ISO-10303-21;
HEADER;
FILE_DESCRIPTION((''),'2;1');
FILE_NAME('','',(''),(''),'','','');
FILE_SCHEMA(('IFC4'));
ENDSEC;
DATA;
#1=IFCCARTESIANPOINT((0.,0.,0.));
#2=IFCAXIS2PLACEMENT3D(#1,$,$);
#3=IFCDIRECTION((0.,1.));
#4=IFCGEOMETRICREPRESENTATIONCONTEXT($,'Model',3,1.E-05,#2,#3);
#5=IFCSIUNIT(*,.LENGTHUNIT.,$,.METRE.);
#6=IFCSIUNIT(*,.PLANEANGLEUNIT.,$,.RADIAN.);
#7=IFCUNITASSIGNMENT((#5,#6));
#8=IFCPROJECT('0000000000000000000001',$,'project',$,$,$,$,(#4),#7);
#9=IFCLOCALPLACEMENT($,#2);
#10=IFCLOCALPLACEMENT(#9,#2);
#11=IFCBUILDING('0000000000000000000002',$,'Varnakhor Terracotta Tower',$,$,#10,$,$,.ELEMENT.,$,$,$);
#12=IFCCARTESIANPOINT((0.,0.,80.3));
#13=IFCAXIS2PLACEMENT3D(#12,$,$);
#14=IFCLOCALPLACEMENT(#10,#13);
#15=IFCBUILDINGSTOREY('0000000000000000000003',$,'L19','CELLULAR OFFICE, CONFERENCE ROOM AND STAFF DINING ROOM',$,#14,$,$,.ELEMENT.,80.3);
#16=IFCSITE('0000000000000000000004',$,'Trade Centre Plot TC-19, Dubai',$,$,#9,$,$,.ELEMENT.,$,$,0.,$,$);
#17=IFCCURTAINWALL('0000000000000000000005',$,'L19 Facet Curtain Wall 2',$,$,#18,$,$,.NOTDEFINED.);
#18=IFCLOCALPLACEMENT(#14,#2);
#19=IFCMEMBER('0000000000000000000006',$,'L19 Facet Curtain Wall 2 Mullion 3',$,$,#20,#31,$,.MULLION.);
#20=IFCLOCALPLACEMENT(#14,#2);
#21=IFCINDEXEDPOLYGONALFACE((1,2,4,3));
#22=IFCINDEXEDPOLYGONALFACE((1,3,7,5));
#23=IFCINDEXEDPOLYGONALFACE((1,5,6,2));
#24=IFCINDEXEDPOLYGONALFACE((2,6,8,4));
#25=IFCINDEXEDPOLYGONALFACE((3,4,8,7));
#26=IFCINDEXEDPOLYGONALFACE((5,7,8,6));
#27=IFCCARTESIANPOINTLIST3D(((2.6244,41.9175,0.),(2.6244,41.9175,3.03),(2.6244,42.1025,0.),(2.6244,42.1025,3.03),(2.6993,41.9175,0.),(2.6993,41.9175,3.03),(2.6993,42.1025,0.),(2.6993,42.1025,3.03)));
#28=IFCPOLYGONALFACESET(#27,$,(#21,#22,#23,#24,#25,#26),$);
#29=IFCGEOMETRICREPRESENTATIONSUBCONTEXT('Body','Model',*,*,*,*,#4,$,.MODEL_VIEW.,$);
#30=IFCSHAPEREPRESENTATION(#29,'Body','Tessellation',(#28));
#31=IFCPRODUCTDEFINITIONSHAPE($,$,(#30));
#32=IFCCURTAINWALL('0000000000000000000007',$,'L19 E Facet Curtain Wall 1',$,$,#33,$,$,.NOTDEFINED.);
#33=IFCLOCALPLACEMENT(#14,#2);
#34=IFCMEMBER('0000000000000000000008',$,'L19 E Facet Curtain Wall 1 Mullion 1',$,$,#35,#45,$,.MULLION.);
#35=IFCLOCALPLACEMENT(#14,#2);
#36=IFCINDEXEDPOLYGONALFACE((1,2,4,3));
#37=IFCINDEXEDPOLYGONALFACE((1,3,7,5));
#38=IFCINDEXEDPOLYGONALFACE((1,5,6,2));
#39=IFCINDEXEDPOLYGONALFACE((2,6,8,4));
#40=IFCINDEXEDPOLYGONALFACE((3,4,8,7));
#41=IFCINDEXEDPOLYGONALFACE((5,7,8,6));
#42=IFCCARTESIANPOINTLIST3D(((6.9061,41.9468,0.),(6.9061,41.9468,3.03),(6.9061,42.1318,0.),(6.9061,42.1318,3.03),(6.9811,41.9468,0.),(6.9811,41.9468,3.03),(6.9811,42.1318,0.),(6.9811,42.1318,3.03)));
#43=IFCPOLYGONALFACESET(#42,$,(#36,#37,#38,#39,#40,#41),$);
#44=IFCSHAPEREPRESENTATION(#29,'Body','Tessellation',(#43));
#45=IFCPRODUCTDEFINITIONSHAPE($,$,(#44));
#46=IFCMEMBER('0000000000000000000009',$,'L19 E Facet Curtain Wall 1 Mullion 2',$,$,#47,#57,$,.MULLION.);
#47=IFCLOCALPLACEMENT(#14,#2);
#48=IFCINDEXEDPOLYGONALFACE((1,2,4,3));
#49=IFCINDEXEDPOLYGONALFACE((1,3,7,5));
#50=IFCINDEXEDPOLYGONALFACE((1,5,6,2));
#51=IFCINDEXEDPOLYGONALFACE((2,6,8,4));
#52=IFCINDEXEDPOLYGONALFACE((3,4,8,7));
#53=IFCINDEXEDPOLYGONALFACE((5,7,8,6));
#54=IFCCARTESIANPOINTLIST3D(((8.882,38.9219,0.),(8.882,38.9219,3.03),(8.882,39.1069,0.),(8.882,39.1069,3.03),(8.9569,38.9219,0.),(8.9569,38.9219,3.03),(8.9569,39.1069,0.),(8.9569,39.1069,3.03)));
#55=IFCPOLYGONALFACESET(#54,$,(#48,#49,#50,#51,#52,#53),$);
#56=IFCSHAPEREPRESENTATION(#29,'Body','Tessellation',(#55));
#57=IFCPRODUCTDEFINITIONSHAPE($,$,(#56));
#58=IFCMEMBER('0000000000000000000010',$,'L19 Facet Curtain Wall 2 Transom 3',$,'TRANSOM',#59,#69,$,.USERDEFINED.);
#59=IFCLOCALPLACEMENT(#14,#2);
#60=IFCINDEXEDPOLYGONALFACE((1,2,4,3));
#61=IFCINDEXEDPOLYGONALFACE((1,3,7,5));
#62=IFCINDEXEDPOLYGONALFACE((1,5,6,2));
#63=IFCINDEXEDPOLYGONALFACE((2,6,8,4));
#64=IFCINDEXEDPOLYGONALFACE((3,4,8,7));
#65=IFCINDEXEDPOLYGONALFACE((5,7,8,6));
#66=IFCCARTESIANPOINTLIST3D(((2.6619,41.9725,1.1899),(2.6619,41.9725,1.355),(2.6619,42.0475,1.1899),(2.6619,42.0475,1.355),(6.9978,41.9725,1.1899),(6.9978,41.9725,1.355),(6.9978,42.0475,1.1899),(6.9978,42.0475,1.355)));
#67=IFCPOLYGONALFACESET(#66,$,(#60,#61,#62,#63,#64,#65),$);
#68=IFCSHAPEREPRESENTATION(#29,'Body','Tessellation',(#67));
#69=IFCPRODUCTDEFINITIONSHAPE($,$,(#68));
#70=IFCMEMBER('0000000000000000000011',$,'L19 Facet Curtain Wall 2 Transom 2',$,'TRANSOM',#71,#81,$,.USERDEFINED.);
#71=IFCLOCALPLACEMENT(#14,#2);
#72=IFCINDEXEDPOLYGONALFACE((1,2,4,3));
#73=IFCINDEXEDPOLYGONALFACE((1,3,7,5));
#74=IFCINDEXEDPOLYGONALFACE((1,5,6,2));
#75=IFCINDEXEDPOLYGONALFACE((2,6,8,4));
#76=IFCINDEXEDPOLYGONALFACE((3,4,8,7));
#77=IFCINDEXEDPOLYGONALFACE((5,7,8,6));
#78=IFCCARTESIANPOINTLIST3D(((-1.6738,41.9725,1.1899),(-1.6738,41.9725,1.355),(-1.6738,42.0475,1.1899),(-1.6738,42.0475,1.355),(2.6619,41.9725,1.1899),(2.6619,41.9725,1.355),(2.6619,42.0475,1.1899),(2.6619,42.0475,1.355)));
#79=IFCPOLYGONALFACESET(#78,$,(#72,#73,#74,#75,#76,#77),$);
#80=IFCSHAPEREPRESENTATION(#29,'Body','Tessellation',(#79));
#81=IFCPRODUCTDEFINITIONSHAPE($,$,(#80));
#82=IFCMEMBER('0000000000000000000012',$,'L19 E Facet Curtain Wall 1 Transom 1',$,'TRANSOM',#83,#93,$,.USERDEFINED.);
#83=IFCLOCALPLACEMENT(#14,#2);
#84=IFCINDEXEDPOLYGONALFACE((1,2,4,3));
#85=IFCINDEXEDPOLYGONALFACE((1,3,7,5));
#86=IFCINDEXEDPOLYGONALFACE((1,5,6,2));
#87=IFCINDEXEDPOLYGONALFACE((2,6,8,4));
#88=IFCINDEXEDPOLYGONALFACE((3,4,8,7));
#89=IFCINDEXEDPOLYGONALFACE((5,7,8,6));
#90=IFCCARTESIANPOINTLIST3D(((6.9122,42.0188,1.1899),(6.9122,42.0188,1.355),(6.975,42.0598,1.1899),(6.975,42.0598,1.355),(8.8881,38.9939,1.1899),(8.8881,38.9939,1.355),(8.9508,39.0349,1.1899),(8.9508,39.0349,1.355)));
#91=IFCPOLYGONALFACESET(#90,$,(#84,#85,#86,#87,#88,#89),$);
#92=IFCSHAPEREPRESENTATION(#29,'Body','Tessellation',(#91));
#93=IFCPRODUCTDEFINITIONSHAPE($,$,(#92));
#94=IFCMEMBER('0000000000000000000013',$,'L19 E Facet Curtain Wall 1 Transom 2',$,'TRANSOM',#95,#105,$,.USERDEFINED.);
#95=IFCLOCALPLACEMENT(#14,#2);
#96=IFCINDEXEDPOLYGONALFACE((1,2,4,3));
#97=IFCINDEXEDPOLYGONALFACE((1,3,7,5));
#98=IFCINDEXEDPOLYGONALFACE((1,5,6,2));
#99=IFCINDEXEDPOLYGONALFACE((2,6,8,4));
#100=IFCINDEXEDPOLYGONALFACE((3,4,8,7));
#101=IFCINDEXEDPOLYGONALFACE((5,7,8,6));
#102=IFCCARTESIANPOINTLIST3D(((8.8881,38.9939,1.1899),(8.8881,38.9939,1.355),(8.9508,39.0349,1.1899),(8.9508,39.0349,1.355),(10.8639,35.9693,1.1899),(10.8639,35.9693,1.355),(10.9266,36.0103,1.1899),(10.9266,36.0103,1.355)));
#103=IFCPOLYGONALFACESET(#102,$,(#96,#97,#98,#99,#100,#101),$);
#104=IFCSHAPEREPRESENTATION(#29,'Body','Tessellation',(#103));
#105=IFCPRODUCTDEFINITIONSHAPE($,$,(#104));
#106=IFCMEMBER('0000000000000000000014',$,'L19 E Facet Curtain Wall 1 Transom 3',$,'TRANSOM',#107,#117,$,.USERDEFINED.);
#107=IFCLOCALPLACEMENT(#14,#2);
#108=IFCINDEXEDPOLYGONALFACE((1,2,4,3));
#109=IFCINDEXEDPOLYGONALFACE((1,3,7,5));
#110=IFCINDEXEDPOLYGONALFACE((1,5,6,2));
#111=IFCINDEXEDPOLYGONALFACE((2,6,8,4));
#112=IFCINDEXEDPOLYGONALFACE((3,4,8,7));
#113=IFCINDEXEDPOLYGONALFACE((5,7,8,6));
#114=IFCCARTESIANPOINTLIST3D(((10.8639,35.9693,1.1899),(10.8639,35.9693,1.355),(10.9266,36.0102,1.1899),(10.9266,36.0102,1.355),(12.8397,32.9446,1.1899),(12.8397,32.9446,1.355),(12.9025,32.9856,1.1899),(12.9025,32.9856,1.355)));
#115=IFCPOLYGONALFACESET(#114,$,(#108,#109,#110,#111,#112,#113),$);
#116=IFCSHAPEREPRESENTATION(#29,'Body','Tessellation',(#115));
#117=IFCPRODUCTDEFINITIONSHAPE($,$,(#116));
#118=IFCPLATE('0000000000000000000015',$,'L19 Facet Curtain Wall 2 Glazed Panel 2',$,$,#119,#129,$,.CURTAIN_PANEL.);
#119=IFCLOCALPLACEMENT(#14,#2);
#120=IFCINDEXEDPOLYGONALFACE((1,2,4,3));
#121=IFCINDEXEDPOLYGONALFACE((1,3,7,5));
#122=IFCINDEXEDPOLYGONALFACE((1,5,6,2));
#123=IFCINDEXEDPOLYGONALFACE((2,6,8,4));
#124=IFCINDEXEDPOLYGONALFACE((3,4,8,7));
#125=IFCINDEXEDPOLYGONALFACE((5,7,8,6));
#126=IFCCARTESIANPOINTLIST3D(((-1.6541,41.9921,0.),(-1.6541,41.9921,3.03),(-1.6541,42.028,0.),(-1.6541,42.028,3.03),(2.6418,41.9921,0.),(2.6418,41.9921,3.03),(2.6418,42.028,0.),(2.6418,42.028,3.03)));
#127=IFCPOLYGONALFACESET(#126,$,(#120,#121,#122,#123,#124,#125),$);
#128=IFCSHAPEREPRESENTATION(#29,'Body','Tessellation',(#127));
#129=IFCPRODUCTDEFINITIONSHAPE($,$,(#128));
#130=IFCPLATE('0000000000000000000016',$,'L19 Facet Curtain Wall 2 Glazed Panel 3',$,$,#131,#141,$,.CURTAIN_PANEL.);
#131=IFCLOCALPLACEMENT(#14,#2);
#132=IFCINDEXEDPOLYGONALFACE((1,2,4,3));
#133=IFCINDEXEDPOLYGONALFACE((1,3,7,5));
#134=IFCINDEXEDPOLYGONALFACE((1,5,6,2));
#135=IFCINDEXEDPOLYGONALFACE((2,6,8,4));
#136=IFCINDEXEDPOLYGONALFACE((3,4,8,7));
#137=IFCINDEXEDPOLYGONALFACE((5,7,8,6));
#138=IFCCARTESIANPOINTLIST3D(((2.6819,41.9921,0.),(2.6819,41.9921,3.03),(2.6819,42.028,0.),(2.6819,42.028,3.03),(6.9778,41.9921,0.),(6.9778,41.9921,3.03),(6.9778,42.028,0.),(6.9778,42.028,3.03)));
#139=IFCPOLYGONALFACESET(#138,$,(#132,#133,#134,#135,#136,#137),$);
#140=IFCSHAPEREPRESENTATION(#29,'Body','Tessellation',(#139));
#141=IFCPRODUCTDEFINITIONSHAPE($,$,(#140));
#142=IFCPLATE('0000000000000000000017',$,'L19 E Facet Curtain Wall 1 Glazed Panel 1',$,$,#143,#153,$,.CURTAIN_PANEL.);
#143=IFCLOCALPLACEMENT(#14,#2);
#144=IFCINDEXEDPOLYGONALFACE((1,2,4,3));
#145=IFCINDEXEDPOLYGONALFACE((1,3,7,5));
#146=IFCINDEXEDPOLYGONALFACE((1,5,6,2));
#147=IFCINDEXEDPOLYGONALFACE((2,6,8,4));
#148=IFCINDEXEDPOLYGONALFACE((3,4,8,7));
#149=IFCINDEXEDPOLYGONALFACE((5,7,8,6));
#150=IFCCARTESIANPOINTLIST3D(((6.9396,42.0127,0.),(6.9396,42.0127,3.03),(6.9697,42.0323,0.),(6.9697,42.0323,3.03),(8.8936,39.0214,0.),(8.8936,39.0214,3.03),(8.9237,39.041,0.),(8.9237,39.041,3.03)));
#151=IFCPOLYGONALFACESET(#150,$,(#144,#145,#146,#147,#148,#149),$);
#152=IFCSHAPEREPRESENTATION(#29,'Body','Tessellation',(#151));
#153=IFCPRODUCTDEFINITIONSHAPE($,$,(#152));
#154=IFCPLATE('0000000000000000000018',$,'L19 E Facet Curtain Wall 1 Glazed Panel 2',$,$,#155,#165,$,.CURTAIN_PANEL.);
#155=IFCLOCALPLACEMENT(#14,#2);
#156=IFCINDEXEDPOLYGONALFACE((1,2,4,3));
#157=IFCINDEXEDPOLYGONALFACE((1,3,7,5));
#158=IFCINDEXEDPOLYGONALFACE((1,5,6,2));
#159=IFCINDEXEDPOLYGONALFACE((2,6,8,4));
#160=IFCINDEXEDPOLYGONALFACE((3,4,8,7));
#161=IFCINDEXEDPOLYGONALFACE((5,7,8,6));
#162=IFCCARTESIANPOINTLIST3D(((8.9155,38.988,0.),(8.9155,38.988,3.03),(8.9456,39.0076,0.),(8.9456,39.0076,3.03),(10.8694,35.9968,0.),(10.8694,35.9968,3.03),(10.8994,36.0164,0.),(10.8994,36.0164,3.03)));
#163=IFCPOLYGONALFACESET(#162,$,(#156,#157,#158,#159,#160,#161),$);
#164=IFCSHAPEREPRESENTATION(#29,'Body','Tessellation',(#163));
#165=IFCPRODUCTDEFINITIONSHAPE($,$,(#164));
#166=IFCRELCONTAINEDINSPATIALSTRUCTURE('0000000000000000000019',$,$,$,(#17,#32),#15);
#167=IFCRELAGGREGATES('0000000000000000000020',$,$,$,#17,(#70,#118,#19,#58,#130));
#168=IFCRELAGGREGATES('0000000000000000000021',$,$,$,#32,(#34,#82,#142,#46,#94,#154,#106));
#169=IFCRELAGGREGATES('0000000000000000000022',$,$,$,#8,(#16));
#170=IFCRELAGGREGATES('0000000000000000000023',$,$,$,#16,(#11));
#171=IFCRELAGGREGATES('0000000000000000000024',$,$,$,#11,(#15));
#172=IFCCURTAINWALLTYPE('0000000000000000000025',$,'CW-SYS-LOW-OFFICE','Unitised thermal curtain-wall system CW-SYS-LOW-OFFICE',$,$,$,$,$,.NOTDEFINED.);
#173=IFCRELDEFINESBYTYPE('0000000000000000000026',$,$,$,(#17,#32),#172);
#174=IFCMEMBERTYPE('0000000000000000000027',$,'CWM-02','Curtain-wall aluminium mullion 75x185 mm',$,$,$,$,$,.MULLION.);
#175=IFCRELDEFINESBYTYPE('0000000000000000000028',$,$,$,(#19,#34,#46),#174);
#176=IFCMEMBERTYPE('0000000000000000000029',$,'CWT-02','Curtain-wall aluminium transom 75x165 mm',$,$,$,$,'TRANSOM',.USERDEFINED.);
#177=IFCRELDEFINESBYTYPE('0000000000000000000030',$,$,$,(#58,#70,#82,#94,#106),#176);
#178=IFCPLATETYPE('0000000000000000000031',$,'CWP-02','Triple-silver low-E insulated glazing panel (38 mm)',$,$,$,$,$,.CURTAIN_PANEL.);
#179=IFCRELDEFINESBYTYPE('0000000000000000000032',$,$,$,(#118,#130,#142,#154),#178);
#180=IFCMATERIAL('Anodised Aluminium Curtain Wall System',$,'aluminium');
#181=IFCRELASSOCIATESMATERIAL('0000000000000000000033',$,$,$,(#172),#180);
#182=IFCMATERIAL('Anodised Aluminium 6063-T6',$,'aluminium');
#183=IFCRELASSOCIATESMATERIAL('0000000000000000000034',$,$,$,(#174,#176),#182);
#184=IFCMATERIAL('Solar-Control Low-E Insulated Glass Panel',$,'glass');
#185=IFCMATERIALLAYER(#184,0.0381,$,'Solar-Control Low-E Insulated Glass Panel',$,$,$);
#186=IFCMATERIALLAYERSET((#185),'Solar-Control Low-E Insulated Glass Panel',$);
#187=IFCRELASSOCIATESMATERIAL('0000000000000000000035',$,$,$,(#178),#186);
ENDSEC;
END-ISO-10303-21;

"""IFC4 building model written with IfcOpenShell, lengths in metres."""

from ifc_helpers import new_model, si_unit, direction, frame, origin, origin_2d, place, context, subcontext, project, spatial, rectangle, extrude, source, transform, mapped, material, layer, layer_set, material_profile, profile_set, type_object, type_shapes, element, aggregate, save


model = new_model("IFC4")

# Units and contexts
model_context = context("Model", 3, precision=1e-05, world=origin(), true_north=direction((0.0, 1.0)))
body_context = subcontext(model_context, "Body", "Model", "MODEL_VIEW")
ifc_project = project(units=[si_unit("LENGTHUNIT", "METRE"), si_unit("PLANEANGLEUNIT", "RADIAN")], contexts=[model_context])

# Site, building, storey
site_placement = place(None, origin())
site = spatial("IfcSite", under=ifc_project, at=site_placement, Name="Trade Centre Plot TC-19, Dubai", CompositionType="ELEMENT", RefElevation=0.0)
building_placement = place(site_placement, origin())
building = spatial("IfcBuilding", under=site, at=building_placement, Name="Varnakhor Terracotta Tower", CompositionType="ELEMENT")
storey_placement = place(building_placement, frame((0.0, 0.0, 80.3)))
storey = spatial("IfcBuildingStorey", under=building, at=storey_placement, Name="L19", Description="CELLULAR OFFICE, CONFERENCE ROOM AND STAFF DINING ROOM", CompositionType="ELEMENT", Elevation=80.3)

# Curtain walls, members
ifc_material_1 = material(Name="Anodised Aluminium Curtain Wall System", Category="aluminium")
curtain_wall_type = type_object("IfcCurtainWallType", Name="CW-SYS-LOW-OFFICE", Description="Unitised thermal curtain-wall system CW-SYS-LOW-OFFICE", PredefinedType="NOTDEFINED", material=ifc_material_1)
curtain_wall_1_placement = place(storey_placement, origin())
curtain_wall_1 = element("IfcCurtainWall", 1, at=curtain_wall_1_placement, inside=storey, type_object=curtain_wall_type, Name="L19 Facet Curtain Wall 2", PredefinedType="NOTDEFINED")
ifc_material_2 = material(Name="Anodised Aluminium 6063-T6", Category="aluminium")
ifc_material_profile_1 = material_profile(ifc_material_2, rectangle(XDim=0.075, YDim=0.1851, at=origin_2d()), Name="ALU MULLION 75x185")
ifc_profile_set_1 = profile_set([ifc_material_profile_1], Name="Anodised Aluminium 6063-T6")
member_type_1 = type_object("IfcMemberType", Name="CWM-02", Description="Curtain-wall aluminium mullion 75x185 mm", PredefinedType="MULLION", material=ifc_profile_set_1)
shared_shape_1 = source(origin(), body_context, "Body", "SweptSolid", [
    extrude(rectangle(XDim=0.075, YDim=0.1851, at=origin_2d()), origin(), (0.0, 0.0, 1.0), 3.03),
])
type_shapes(member_type_1, [shared_shape_1])
member_1_placement = place(storey_placement, frame((2.6619, 42.01, 0.0), z_axis=(0.0, 0.0, 1.0), x_axis=(1.0, 0.0, 0.0)))
member_1 = element("IfcMember", 2, at=member_1_placement, type_object=member_type_1, Name="L19 Facet Curtain Wall 2 Mullion 3", PredefinedType="MULLION", context=body_context, shape_type="MappedRepresentation", body=[
    mapped(shared_shape_1, transform((0.0, 0.0, 0.0), scale=1.0)),
])
curtain_wall_2_placement = place(storey_placement, origin())
curtain_wall_2 = element("IfcCurtainWall", 3, at=curtain_wall_2_placement, inside=storey, type_object=curtain_wall_type, Name="L19 E Facet Curtain Wall 1", PredefinedType="NOTDEFINED")
member_2_placement = place(storey_placement, frame((6.9436, 42.0393, 0.0), z_axis=(0.0, 0.0, 1.0), x_axis=(1.0, 0.0, 0.0)))
member_2 = element("IfcMember", 4, at=member_2_placement, type_object=member_type_1, Name="L19 E Facet Curtain Wall 1 Mullion 1", PredefinedType="MULLION", context=body_context, shape_type="MappedRepresentation", body=[
    mapped(shared_shape_1, transform((0.0, 0.0, 0.0), scale=1.0)),
])
member_3_placement = place(storey_placement, frame((8.9194, 39.0144, 0.0), z_axis=(0.0, 0.0, 1.0), x_axis=(1.0, 0.0, 0.0)))
member_3 = element("IfcMember", 5, at=member_3_placement, type_object=member_type_1, Name="L19 E Facet Curtain Wall 1 Mullion 2", PredefinedType="MULLION", context=body_context, shape_type="MappedRepresentation", body=[
    mapped(shared_shape_1, transform((0.0, 0.0, 0.0), scale=1.0)),
])

# Members
ifc_material_profile_2 = material_profile(ifc_material_2, rectangle(XDim=0.075, YDim=0.165, at=origin_2d()), Name="ALU TRANSOM 75x165")
ifc_profile_set_2 = profile_set([ifc_material_profile_2], Name="Anodised Aluminium 6063-T6")
member_type_2 = type_object("IfcMemberType", Name="CWT-02", Description="Curtain-wall aluminium transom 75x165 mm", ElementType="TRANSOM", PredefinedType="USERDEFINED", material=ifc_profile_set_2)
shared_shape_2 = source(origin(), body_context, "Body", "SweptSolid", [
    extrude(rectangle(XDim=0.075, YDim=0.165, at=origin_2d()), origin(), (0.0, 0.0, 1.0), 4.3359),
])
member_4_placement = place(storey_placement, frame((2.6619, 42.01, 1.2725), z_axis=(1.0, 0.0, 0.0), x_axis=(0.0, 1.0, 0.0)))
member_4 = element("IfcMember", 6, at=member_4_placement, type_object=member_type_2, Name="L19 Facet Curtain Wall 2 Transom 3", ObjectType="TRANSOM", PredefinedType="USERDEFINED", context=body_context, shape_type="MappedRepresentation", body=[
    mapped(shared_shape_2, transform((0.0, 0.0, 0.0), scale=1.0)),
])
shared_shape_3 = source(origin(), body_context, "Body", "SweptSolid", [
    extrude(rectangle(XDim=0.075, YDim=0.165, at=origin_2d()), origin(), (0.0, 0.0, 1.0), 4.3357),
])
member_5_placement = place(storey_placement, frame((-1.6738, 42.01, 1.2725), z_axis=(1.0, 0.0, 0.0), x_axis=(0.0, 1.0, 0.0)))
member_5 = element("IfcMember", 7, at=member_5_placement, type_object=member_type_2, Name="L19 Facet Curtain Wall 2 Transom 2", ObjectType="TRANSOM", PredefinedType="USERDEFINED", context=body_context, shape_type="MappedRepresentation", body=[
    mapped(shared_shape_3, transform((0.0, 0.0, 0.0), scale=1.0)),
])
shared_shape_4 = source(origin(), body_context, "Body", "SweptSolid", [
    extrude(rectangle(XDim=0.075, YDim=0.165, at=origin_2d()), origin(), (0.0, 0.0, 1.0), 3.613),
])
member_6_placement = place(storey_placement, frame((6.9436, 42.0393, 1.2725), z_axis=(0.546863, -0.837222, 0.0), x_axis=(0.837222, 0.546863, 0.0)))
member_6 = element("IfcMember", 8, at=member_6_placement, type_object=member_type_2, Name="L19 E Facet Curtain Wall 1 Transom 1", ObjectType="TRANSOM", PredefinedType="USERDEFINED", context=body_context, shape_type="MappedRepresentation", body=[
    mapped(shared_shape_4, transform((0.0, 0.0, 0.0), scale=1.0)),
])
shared_shape_5 = source(origin(), body_context, "Body", "SweptSolid", [
    extrude(rectangle(XDim=0.075, YDim=0.165, at=origin_2d()), origin(), (0.0, 0.0, 1.0), 3.6128),
])
member_7_placement = place(storey_placement, frame((8.9194, 39.0144, 1.2725), z_axis=(0.546894, -0.837202, 0.0), x_axis=(0.837202, 0.546894, 0.0)))
member_7 = element("IfcMember", 9, at=member_7_placement, type_object=member_type_2, Name="L19 E Facet Curtain Wall 1 Transom 2", ObjectType="TRANSOM", PredefinedType="USERDEFINED", context=body_context, shape_type="MappedRepresentation", body=[
    mapped(shared_shape_5, transform((0.0, 0.0, 0.0), scale=1.0)),
])
member_8_placement = place(storey_placement, frame((10.8953, 35.9897, 1.2725), z_axis=(0.546894, -0.837202, 0.0), x_axis=(0.837202, 0.546894, 0.0)))
member_8 = element("IfcMember", 10, at=member_8_placement, type_object=member_type_2, Name="L19 E Facet Curtain Wall 1 Transom 3", ObjectType="TRANSOM", PredefinedType="USERDEFINED", context=body_context, shape_type="MappedRepresentation", body=[
    mapped(shared_shape_5, transform((0.0, 0.0, 0.0), scale=1.0)),
])

# Plates
ifc_material_3 = material(Name="Solar-Control Low-E Insulated Glass Panel", Category="glass")
ifc_layer = layer(ifc_material_3, 0.0381, Name="Solar-Control Low-E Insulated Glass Panel")
ifc_layer_set = layer_set([ifc_layer], Name="Solar-Control Low-E Insulated Glass Panel")
plate_type = type_object("IfcPlateType", Name="CWP-02", Description="Triple-silver low-E insulated glazing panel (38 mm)", PredefinedType="CURTAIN_PANEL", material=ifc_layer_set)
shared_shape_6 = source(origin(), body_context, "Body", "SweptSolid", [
    extrude(rectangle(XDim=4.2959, YDim=0.0359, at=origin_2d()), origin(), (0.0, 0.0, 1.0), 3.03),
])
plate_1_placement = place(storey_placement, frame((0.4939, 42.01, 0.0), z_axis=(0.0, 0.0, 1.0), x_axis=(1.0, 0.0, 0.0)))
plate_1 = element("IfcPlate", 11, at=plate_1_placement, type_object=plate_type, Name="L19 Facet Curtain Wall 2 Glazed Panel 2", PredefinedType="CURTAIN_PANEL", context=body_context, shape_type="MappedRepresentation", body=[
    mapped(shared_shape_6, transform((0.0, 0.0, 0.0), scale=1.0)),
])
plate_2_placement = place(storey_placement, frame((4.8298, 42.01, 0.0), z_axis=(0.0, 0.0, 1.0), x_axis=(1.0, 0.0, 0.0)))
plate_2 = element("IfcPlate", 12, at=plate_2_placement, type_object=plate_type, Name="L19 Facet Curtain Wall 2 Glazed Panel 3", PredefinedType="CURTAIN_PANEL", context=body_context, shape_type="MappedRepresentation", body=[
    mapped(shared_shape_6, transform((0.0, 0.0, 0.0), scale=1.0)),
])
aggregate(curtain_wall_1, [member_5, plate_1, member_1, member_4, plate_2])
shared_shape_7 = source(origin(), body_context, "Body", "SweptSolid", [
    extrude(rectangle(XDim=3.573, YDim=0.0359, at=origin_2d()), origin(), (0.0, 0.0, 1.0), 3.03),
])
plate_3_placement = place(storey_placement, frame((7.9316, 40.5269, 0.0), z_axis=(0.0, 0.0, 1.0), x_axis=(0.546877, -0.837213, 0.0)))
plate_3 = element("IfcPlate", 13, at=plate_3_placement, type_object=plate_type, Name="L19 E Facet Curtain Wall 1 Glazed Panel 1", PredefinedType="CURTAIN_PANEL", context=body_context, shape_type="MappedRepresentation", body=[
    mapped(shared_shape_7, transform((0.0, 0.0, 0.0), scale=1.0)),
])
shared_shape_8 = source(origin(), body_context, "Body", "SweptSolid", [
    extrude(rectangle(XDim=3.5728, YDim=0.0359, at=origin_2d()), origin(), (0.0, 0.0, 1.0), 3.03),
])
plate_4_placement = place(storey_placement, frame((9.9075, 37.5022, 0.0), z_axis=(0.0, 0.0, 1.0), x_axis=(0.546877, -0.837213, 0.0)))
plate_4 = element("IfcPlate", 14, at=plate_4_placement, type_object=plate_type, Name="L19 E Facet Curtain Wall 1 Glazed Panel 2", PredefinedType="CURTAIN_PANEL", context=body_context, shape_type="MappedRepresentation", body=[
    mapped(shared_shape_8, transform((0.0, 0.0, 0.0), scale=1.0)),
])
aggregate(curtain_wall_2, [member_2, member_6, plate_3, member_3, member_7, plate_4, member_8])

save(model, "model.ifc")
